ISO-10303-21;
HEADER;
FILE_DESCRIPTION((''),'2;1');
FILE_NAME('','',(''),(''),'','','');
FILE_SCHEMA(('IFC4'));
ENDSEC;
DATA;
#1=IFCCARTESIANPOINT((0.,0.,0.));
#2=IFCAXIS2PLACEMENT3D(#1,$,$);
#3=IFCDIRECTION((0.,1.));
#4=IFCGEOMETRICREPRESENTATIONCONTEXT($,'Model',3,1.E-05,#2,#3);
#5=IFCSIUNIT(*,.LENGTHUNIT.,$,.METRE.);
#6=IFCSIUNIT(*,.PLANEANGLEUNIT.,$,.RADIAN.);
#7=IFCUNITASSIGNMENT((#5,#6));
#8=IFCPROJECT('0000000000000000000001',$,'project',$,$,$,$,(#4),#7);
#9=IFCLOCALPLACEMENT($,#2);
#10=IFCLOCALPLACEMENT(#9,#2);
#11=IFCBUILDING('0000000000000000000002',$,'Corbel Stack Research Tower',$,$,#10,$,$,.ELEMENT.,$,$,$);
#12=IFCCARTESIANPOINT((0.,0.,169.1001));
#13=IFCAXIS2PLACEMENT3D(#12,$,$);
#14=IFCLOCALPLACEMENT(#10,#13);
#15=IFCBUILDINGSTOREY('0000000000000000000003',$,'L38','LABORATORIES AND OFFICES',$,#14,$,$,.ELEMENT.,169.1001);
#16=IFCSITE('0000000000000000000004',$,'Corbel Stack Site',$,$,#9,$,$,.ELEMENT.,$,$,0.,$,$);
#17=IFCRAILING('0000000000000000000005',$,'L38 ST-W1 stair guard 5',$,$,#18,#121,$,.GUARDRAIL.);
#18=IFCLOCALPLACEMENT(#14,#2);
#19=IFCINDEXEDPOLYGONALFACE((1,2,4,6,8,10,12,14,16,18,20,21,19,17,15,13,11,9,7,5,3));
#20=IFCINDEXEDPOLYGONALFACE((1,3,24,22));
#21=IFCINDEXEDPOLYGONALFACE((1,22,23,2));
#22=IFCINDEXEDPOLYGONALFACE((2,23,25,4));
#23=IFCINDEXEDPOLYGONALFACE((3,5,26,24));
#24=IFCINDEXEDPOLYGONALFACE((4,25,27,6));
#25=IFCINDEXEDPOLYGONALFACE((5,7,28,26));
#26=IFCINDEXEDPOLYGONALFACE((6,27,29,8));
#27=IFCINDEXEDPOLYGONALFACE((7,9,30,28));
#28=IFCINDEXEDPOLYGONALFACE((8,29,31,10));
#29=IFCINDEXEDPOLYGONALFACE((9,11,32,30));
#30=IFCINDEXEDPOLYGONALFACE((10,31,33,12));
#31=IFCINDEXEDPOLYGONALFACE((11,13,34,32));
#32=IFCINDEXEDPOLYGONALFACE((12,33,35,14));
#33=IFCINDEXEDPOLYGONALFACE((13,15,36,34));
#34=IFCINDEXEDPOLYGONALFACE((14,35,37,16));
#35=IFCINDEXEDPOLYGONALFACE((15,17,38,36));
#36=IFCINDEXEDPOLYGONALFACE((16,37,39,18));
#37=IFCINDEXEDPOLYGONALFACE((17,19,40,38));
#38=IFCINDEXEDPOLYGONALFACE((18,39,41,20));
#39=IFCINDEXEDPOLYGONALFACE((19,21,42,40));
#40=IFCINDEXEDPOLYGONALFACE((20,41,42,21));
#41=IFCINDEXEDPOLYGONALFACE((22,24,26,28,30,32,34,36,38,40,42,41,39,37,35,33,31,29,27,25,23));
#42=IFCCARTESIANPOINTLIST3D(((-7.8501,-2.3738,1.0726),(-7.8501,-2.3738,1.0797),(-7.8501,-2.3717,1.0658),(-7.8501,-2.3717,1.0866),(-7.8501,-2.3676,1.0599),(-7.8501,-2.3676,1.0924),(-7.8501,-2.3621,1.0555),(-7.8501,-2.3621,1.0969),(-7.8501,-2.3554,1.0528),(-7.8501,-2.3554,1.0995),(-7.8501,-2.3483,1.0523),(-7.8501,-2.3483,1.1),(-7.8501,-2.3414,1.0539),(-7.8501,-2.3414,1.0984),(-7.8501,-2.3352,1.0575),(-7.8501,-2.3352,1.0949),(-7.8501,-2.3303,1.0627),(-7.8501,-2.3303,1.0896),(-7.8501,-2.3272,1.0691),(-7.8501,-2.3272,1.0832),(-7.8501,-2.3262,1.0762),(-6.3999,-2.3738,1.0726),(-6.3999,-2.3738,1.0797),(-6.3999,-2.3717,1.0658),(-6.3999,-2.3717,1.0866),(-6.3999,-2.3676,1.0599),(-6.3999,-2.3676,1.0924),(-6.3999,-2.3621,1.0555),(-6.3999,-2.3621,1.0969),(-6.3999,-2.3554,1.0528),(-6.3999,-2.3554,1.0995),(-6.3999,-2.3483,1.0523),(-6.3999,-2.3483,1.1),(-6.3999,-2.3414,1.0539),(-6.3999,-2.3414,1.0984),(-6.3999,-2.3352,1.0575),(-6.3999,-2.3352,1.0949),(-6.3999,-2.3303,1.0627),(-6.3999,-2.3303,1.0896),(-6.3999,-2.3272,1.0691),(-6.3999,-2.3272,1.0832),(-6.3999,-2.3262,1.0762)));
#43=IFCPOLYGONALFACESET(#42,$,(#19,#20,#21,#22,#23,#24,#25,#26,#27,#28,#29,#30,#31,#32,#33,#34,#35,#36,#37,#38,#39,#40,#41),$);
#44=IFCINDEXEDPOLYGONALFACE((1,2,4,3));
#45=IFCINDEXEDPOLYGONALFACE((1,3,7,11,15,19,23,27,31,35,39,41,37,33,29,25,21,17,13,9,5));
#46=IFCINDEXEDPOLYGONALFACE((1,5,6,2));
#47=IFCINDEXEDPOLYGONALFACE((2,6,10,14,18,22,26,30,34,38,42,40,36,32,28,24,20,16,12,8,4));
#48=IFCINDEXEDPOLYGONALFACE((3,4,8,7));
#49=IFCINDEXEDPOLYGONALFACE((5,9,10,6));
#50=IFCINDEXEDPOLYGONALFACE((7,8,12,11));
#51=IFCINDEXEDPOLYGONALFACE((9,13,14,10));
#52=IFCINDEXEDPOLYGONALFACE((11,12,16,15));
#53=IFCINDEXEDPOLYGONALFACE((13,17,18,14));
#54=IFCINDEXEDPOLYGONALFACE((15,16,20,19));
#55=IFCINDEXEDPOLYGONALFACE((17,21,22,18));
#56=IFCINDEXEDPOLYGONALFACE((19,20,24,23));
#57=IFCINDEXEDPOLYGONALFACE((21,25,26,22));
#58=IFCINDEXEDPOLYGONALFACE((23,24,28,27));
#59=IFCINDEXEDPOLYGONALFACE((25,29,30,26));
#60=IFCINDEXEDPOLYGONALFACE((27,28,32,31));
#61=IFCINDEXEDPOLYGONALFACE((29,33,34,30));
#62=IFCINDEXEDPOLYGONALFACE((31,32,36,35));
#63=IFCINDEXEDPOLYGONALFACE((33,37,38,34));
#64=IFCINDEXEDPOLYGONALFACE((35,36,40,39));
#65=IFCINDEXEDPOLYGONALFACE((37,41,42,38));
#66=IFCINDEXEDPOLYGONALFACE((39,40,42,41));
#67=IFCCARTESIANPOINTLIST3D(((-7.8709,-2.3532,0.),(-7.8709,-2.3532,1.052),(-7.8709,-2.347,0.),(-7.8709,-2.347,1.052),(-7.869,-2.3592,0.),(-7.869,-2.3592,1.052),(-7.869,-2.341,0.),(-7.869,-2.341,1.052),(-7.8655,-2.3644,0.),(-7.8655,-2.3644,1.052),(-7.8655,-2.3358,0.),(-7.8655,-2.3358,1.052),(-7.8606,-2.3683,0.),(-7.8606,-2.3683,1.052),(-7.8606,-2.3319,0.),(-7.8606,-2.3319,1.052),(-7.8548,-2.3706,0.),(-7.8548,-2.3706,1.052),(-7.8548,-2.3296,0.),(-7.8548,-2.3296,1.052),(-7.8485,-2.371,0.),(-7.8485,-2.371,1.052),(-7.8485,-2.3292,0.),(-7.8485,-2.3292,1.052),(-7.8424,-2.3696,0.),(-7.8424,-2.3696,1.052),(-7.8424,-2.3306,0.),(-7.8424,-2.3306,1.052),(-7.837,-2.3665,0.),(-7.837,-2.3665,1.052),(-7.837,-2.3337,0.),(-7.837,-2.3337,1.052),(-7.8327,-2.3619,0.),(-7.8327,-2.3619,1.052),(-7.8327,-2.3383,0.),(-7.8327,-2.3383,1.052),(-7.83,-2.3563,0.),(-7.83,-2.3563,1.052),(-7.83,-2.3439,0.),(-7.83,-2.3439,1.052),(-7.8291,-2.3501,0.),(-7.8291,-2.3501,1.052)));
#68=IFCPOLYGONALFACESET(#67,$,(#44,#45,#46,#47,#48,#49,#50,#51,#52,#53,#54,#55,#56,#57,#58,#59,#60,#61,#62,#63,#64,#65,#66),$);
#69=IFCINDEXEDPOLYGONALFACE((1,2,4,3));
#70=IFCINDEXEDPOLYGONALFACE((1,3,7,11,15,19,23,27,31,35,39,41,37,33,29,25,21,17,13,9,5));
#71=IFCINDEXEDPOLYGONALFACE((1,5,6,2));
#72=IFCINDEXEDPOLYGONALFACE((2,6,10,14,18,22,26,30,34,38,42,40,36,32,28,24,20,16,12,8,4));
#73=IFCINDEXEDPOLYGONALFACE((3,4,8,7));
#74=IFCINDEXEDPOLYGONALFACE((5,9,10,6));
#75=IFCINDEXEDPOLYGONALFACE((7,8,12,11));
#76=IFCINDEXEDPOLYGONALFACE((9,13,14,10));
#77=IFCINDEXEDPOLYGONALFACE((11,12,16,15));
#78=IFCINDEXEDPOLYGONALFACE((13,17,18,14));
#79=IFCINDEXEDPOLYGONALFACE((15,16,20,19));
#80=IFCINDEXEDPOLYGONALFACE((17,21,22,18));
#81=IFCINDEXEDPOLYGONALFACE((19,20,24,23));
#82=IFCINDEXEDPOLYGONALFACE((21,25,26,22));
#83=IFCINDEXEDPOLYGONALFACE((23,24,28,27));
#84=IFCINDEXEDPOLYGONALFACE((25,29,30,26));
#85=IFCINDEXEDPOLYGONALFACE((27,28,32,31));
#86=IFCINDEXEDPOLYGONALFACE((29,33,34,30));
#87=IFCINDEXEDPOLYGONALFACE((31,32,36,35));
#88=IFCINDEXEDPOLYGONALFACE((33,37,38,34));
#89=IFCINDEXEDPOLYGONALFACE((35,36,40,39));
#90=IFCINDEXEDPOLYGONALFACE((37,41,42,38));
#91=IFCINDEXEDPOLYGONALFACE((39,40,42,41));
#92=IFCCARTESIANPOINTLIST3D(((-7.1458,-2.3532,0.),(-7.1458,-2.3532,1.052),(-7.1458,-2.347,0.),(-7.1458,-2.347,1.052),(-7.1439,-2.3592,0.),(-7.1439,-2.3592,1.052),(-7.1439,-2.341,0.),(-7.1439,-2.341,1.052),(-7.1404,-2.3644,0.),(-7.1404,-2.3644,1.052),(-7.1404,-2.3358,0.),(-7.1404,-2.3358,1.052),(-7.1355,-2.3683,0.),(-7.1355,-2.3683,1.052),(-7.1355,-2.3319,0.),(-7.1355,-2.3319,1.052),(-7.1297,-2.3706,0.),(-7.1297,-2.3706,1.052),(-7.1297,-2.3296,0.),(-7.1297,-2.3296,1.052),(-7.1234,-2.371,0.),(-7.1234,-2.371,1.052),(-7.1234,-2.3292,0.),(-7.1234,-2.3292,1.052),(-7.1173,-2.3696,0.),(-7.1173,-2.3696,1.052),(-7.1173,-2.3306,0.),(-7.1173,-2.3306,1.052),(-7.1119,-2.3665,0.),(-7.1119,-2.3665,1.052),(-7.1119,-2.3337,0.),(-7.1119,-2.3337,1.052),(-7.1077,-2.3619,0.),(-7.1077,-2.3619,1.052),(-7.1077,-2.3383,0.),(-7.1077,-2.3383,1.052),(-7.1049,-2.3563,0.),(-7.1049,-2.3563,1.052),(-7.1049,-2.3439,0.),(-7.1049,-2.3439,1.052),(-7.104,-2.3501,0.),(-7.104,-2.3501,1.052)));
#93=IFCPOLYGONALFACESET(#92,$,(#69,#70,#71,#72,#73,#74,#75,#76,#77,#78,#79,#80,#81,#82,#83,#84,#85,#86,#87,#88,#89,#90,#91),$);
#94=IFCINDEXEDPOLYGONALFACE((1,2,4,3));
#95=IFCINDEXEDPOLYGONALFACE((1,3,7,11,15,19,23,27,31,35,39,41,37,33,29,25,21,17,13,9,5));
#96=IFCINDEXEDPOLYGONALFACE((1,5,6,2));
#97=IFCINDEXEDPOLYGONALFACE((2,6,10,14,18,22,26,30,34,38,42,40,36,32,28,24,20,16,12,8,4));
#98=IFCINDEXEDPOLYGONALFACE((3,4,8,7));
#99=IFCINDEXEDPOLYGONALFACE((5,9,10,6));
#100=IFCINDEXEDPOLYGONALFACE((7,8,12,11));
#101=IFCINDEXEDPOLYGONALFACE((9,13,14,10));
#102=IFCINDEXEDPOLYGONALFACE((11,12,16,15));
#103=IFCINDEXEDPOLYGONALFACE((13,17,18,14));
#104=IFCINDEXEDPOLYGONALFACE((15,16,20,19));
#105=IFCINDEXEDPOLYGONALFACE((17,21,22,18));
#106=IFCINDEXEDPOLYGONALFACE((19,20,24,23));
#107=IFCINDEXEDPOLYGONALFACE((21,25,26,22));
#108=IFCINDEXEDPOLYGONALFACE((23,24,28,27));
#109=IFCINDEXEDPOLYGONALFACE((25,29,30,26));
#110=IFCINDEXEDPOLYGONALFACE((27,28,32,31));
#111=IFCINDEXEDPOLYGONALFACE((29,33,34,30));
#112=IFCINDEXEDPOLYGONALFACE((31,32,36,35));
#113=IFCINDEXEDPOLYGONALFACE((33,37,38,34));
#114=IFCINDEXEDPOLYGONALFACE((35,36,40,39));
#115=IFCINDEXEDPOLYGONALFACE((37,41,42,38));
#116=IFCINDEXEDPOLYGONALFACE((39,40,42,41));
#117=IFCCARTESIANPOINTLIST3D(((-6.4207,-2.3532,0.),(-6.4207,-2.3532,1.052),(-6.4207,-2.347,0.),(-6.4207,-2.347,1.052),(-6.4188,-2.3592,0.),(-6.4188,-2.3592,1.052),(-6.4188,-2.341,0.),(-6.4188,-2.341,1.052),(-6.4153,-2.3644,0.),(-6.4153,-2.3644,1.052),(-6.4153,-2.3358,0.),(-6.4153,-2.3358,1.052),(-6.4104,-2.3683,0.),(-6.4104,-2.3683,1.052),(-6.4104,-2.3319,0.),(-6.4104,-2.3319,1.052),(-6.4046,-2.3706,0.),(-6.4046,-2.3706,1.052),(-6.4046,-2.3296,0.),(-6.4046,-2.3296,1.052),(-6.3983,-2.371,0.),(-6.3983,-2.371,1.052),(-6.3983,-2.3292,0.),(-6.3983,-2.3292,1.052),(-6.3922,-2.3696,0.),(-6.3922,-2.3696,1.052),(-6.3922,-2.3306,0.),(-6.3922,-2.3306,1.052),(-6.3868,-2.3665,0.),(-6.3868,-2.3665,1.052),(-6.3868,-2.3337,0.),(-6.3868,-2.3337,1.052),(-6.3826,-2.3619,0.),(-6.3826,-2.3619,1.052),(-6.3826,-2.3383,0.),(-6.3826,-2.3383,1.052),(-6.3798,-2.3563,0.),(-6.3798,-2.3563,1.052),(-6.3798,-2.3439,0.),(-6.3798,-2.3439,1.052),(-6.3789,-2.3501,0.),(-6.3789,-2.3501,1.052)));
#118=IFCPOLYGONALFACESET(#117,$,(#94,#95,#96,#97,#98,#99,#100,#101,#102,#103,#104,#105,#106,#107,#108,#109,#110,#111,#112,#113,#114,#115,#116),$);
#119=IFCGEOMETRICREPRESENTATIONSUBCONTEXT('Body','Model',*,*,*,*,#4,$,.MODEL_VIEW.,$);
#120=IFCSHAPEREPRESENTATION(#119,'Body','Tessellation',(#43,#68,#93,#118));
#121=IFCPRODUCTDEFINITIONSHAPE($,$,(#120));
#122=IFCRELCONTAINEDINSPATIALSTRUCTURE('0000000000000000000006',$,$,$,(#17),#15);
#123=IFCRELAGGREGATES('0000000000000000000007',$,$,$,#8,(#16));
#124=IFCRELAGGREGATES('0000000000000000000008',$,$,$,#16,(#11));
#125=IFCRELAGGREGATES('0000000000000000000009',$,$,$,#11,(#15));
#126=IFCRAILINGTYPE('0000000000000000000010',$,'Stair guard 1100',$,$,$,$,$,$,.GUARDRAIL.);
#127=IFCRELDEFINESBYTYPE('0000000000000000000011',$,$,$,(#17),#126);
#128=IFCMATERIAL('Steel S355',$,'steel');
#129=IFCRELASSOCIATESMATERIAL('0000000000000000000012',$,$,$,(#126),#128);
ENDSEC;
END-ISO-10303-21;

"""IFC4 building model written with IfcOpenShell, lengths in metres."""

from ifc_helpers import new_model, si_unit, direction, frame, origin, origin_2d, place, context, subcontext, project, spatial, circle, extrude, material, type_object, element, save


model = new_model("IFC4")

# Units and contexts
model_context = context("Model", 3, precision=1e-05, world=origin(), true_north=direction((0.0, 1.0)))
body_context = subcontext(model_context, "Body", "Model", "MODEL_VIEW")
ifc_project = project(units=[si_unit("LENGTHUNIT", "METRE"), si_unit("PLANEANGLEUNIT", "RADIAN")], contexts=[model_context])

# Site, building, storey
site_placement = place(None, origin())
site = spatial("IfcSite", under=ifc_project, at=site_placement, Name="Corbel Stack Site", CompositionType="ELEMENT", RefElevation=0.0)
building_placement = place(site_placement, origin())
building = spatial("IfcBuilding", under=site, at=building_placement, Name="Corbel Stack Research Tower", CompositionType="ELEMENT")
storey_placement = place(building_placement, frame((0.0, 0.0, 169.1001)))
storey = spatial("IfcBuildingStorey", under=building, at=storey_placement, Name="L38", Description="LABORATORIES AND OFFICES", CompositionType="ELEMENT", Elevation=169.1001)

# Railing
ifc_material_1 = material(Name="Steel S355", Category="steel")
railing_type_1 = type_object("IfcRailingType", Name="Stair guard 1100", PredefinedType="GUARDRAIL", material=ifc_material_1)
railing_1_placement = place(storey_placement, frame((-7.8501, -2.3501, 0.0)))
element("IfcRailing", 1, at=railing_1_placement, inside=storey, type_object=railing_type_1, Name="L38 ST-W1 stair guard 5", PredefinedType="GUARDRAIL", context=body_context, shape_type="SweptSolid", body=[
    extrude(circle(Radius=0.0239, at=origin_2d()), frame((0.0, 0.0, 1.0762), z_axis=(1.0, 0.0, 0.0), x_axis=(0.0, 1.0, 0.0)), (0.0, 0.0, 1.0), 1.4502),
    extrude(circle(Radius=0.021, at=origin_2d()), origin(), (0.0, 0.0, 1.0), 1.052),
    extrude(circle(Radius=0.021, at=origin_2d()), frame((0.7251, 0.0, 0.0)), (0.0, 0.0, 1.0), 1.052),
    extrude(circle(Radius=0.021, at=origin_2d()), frame((1.4502, 0.0, 0.0)), (0.0, 0.0, 1.0), 1.052),
])

save(model, "model.ifc")
